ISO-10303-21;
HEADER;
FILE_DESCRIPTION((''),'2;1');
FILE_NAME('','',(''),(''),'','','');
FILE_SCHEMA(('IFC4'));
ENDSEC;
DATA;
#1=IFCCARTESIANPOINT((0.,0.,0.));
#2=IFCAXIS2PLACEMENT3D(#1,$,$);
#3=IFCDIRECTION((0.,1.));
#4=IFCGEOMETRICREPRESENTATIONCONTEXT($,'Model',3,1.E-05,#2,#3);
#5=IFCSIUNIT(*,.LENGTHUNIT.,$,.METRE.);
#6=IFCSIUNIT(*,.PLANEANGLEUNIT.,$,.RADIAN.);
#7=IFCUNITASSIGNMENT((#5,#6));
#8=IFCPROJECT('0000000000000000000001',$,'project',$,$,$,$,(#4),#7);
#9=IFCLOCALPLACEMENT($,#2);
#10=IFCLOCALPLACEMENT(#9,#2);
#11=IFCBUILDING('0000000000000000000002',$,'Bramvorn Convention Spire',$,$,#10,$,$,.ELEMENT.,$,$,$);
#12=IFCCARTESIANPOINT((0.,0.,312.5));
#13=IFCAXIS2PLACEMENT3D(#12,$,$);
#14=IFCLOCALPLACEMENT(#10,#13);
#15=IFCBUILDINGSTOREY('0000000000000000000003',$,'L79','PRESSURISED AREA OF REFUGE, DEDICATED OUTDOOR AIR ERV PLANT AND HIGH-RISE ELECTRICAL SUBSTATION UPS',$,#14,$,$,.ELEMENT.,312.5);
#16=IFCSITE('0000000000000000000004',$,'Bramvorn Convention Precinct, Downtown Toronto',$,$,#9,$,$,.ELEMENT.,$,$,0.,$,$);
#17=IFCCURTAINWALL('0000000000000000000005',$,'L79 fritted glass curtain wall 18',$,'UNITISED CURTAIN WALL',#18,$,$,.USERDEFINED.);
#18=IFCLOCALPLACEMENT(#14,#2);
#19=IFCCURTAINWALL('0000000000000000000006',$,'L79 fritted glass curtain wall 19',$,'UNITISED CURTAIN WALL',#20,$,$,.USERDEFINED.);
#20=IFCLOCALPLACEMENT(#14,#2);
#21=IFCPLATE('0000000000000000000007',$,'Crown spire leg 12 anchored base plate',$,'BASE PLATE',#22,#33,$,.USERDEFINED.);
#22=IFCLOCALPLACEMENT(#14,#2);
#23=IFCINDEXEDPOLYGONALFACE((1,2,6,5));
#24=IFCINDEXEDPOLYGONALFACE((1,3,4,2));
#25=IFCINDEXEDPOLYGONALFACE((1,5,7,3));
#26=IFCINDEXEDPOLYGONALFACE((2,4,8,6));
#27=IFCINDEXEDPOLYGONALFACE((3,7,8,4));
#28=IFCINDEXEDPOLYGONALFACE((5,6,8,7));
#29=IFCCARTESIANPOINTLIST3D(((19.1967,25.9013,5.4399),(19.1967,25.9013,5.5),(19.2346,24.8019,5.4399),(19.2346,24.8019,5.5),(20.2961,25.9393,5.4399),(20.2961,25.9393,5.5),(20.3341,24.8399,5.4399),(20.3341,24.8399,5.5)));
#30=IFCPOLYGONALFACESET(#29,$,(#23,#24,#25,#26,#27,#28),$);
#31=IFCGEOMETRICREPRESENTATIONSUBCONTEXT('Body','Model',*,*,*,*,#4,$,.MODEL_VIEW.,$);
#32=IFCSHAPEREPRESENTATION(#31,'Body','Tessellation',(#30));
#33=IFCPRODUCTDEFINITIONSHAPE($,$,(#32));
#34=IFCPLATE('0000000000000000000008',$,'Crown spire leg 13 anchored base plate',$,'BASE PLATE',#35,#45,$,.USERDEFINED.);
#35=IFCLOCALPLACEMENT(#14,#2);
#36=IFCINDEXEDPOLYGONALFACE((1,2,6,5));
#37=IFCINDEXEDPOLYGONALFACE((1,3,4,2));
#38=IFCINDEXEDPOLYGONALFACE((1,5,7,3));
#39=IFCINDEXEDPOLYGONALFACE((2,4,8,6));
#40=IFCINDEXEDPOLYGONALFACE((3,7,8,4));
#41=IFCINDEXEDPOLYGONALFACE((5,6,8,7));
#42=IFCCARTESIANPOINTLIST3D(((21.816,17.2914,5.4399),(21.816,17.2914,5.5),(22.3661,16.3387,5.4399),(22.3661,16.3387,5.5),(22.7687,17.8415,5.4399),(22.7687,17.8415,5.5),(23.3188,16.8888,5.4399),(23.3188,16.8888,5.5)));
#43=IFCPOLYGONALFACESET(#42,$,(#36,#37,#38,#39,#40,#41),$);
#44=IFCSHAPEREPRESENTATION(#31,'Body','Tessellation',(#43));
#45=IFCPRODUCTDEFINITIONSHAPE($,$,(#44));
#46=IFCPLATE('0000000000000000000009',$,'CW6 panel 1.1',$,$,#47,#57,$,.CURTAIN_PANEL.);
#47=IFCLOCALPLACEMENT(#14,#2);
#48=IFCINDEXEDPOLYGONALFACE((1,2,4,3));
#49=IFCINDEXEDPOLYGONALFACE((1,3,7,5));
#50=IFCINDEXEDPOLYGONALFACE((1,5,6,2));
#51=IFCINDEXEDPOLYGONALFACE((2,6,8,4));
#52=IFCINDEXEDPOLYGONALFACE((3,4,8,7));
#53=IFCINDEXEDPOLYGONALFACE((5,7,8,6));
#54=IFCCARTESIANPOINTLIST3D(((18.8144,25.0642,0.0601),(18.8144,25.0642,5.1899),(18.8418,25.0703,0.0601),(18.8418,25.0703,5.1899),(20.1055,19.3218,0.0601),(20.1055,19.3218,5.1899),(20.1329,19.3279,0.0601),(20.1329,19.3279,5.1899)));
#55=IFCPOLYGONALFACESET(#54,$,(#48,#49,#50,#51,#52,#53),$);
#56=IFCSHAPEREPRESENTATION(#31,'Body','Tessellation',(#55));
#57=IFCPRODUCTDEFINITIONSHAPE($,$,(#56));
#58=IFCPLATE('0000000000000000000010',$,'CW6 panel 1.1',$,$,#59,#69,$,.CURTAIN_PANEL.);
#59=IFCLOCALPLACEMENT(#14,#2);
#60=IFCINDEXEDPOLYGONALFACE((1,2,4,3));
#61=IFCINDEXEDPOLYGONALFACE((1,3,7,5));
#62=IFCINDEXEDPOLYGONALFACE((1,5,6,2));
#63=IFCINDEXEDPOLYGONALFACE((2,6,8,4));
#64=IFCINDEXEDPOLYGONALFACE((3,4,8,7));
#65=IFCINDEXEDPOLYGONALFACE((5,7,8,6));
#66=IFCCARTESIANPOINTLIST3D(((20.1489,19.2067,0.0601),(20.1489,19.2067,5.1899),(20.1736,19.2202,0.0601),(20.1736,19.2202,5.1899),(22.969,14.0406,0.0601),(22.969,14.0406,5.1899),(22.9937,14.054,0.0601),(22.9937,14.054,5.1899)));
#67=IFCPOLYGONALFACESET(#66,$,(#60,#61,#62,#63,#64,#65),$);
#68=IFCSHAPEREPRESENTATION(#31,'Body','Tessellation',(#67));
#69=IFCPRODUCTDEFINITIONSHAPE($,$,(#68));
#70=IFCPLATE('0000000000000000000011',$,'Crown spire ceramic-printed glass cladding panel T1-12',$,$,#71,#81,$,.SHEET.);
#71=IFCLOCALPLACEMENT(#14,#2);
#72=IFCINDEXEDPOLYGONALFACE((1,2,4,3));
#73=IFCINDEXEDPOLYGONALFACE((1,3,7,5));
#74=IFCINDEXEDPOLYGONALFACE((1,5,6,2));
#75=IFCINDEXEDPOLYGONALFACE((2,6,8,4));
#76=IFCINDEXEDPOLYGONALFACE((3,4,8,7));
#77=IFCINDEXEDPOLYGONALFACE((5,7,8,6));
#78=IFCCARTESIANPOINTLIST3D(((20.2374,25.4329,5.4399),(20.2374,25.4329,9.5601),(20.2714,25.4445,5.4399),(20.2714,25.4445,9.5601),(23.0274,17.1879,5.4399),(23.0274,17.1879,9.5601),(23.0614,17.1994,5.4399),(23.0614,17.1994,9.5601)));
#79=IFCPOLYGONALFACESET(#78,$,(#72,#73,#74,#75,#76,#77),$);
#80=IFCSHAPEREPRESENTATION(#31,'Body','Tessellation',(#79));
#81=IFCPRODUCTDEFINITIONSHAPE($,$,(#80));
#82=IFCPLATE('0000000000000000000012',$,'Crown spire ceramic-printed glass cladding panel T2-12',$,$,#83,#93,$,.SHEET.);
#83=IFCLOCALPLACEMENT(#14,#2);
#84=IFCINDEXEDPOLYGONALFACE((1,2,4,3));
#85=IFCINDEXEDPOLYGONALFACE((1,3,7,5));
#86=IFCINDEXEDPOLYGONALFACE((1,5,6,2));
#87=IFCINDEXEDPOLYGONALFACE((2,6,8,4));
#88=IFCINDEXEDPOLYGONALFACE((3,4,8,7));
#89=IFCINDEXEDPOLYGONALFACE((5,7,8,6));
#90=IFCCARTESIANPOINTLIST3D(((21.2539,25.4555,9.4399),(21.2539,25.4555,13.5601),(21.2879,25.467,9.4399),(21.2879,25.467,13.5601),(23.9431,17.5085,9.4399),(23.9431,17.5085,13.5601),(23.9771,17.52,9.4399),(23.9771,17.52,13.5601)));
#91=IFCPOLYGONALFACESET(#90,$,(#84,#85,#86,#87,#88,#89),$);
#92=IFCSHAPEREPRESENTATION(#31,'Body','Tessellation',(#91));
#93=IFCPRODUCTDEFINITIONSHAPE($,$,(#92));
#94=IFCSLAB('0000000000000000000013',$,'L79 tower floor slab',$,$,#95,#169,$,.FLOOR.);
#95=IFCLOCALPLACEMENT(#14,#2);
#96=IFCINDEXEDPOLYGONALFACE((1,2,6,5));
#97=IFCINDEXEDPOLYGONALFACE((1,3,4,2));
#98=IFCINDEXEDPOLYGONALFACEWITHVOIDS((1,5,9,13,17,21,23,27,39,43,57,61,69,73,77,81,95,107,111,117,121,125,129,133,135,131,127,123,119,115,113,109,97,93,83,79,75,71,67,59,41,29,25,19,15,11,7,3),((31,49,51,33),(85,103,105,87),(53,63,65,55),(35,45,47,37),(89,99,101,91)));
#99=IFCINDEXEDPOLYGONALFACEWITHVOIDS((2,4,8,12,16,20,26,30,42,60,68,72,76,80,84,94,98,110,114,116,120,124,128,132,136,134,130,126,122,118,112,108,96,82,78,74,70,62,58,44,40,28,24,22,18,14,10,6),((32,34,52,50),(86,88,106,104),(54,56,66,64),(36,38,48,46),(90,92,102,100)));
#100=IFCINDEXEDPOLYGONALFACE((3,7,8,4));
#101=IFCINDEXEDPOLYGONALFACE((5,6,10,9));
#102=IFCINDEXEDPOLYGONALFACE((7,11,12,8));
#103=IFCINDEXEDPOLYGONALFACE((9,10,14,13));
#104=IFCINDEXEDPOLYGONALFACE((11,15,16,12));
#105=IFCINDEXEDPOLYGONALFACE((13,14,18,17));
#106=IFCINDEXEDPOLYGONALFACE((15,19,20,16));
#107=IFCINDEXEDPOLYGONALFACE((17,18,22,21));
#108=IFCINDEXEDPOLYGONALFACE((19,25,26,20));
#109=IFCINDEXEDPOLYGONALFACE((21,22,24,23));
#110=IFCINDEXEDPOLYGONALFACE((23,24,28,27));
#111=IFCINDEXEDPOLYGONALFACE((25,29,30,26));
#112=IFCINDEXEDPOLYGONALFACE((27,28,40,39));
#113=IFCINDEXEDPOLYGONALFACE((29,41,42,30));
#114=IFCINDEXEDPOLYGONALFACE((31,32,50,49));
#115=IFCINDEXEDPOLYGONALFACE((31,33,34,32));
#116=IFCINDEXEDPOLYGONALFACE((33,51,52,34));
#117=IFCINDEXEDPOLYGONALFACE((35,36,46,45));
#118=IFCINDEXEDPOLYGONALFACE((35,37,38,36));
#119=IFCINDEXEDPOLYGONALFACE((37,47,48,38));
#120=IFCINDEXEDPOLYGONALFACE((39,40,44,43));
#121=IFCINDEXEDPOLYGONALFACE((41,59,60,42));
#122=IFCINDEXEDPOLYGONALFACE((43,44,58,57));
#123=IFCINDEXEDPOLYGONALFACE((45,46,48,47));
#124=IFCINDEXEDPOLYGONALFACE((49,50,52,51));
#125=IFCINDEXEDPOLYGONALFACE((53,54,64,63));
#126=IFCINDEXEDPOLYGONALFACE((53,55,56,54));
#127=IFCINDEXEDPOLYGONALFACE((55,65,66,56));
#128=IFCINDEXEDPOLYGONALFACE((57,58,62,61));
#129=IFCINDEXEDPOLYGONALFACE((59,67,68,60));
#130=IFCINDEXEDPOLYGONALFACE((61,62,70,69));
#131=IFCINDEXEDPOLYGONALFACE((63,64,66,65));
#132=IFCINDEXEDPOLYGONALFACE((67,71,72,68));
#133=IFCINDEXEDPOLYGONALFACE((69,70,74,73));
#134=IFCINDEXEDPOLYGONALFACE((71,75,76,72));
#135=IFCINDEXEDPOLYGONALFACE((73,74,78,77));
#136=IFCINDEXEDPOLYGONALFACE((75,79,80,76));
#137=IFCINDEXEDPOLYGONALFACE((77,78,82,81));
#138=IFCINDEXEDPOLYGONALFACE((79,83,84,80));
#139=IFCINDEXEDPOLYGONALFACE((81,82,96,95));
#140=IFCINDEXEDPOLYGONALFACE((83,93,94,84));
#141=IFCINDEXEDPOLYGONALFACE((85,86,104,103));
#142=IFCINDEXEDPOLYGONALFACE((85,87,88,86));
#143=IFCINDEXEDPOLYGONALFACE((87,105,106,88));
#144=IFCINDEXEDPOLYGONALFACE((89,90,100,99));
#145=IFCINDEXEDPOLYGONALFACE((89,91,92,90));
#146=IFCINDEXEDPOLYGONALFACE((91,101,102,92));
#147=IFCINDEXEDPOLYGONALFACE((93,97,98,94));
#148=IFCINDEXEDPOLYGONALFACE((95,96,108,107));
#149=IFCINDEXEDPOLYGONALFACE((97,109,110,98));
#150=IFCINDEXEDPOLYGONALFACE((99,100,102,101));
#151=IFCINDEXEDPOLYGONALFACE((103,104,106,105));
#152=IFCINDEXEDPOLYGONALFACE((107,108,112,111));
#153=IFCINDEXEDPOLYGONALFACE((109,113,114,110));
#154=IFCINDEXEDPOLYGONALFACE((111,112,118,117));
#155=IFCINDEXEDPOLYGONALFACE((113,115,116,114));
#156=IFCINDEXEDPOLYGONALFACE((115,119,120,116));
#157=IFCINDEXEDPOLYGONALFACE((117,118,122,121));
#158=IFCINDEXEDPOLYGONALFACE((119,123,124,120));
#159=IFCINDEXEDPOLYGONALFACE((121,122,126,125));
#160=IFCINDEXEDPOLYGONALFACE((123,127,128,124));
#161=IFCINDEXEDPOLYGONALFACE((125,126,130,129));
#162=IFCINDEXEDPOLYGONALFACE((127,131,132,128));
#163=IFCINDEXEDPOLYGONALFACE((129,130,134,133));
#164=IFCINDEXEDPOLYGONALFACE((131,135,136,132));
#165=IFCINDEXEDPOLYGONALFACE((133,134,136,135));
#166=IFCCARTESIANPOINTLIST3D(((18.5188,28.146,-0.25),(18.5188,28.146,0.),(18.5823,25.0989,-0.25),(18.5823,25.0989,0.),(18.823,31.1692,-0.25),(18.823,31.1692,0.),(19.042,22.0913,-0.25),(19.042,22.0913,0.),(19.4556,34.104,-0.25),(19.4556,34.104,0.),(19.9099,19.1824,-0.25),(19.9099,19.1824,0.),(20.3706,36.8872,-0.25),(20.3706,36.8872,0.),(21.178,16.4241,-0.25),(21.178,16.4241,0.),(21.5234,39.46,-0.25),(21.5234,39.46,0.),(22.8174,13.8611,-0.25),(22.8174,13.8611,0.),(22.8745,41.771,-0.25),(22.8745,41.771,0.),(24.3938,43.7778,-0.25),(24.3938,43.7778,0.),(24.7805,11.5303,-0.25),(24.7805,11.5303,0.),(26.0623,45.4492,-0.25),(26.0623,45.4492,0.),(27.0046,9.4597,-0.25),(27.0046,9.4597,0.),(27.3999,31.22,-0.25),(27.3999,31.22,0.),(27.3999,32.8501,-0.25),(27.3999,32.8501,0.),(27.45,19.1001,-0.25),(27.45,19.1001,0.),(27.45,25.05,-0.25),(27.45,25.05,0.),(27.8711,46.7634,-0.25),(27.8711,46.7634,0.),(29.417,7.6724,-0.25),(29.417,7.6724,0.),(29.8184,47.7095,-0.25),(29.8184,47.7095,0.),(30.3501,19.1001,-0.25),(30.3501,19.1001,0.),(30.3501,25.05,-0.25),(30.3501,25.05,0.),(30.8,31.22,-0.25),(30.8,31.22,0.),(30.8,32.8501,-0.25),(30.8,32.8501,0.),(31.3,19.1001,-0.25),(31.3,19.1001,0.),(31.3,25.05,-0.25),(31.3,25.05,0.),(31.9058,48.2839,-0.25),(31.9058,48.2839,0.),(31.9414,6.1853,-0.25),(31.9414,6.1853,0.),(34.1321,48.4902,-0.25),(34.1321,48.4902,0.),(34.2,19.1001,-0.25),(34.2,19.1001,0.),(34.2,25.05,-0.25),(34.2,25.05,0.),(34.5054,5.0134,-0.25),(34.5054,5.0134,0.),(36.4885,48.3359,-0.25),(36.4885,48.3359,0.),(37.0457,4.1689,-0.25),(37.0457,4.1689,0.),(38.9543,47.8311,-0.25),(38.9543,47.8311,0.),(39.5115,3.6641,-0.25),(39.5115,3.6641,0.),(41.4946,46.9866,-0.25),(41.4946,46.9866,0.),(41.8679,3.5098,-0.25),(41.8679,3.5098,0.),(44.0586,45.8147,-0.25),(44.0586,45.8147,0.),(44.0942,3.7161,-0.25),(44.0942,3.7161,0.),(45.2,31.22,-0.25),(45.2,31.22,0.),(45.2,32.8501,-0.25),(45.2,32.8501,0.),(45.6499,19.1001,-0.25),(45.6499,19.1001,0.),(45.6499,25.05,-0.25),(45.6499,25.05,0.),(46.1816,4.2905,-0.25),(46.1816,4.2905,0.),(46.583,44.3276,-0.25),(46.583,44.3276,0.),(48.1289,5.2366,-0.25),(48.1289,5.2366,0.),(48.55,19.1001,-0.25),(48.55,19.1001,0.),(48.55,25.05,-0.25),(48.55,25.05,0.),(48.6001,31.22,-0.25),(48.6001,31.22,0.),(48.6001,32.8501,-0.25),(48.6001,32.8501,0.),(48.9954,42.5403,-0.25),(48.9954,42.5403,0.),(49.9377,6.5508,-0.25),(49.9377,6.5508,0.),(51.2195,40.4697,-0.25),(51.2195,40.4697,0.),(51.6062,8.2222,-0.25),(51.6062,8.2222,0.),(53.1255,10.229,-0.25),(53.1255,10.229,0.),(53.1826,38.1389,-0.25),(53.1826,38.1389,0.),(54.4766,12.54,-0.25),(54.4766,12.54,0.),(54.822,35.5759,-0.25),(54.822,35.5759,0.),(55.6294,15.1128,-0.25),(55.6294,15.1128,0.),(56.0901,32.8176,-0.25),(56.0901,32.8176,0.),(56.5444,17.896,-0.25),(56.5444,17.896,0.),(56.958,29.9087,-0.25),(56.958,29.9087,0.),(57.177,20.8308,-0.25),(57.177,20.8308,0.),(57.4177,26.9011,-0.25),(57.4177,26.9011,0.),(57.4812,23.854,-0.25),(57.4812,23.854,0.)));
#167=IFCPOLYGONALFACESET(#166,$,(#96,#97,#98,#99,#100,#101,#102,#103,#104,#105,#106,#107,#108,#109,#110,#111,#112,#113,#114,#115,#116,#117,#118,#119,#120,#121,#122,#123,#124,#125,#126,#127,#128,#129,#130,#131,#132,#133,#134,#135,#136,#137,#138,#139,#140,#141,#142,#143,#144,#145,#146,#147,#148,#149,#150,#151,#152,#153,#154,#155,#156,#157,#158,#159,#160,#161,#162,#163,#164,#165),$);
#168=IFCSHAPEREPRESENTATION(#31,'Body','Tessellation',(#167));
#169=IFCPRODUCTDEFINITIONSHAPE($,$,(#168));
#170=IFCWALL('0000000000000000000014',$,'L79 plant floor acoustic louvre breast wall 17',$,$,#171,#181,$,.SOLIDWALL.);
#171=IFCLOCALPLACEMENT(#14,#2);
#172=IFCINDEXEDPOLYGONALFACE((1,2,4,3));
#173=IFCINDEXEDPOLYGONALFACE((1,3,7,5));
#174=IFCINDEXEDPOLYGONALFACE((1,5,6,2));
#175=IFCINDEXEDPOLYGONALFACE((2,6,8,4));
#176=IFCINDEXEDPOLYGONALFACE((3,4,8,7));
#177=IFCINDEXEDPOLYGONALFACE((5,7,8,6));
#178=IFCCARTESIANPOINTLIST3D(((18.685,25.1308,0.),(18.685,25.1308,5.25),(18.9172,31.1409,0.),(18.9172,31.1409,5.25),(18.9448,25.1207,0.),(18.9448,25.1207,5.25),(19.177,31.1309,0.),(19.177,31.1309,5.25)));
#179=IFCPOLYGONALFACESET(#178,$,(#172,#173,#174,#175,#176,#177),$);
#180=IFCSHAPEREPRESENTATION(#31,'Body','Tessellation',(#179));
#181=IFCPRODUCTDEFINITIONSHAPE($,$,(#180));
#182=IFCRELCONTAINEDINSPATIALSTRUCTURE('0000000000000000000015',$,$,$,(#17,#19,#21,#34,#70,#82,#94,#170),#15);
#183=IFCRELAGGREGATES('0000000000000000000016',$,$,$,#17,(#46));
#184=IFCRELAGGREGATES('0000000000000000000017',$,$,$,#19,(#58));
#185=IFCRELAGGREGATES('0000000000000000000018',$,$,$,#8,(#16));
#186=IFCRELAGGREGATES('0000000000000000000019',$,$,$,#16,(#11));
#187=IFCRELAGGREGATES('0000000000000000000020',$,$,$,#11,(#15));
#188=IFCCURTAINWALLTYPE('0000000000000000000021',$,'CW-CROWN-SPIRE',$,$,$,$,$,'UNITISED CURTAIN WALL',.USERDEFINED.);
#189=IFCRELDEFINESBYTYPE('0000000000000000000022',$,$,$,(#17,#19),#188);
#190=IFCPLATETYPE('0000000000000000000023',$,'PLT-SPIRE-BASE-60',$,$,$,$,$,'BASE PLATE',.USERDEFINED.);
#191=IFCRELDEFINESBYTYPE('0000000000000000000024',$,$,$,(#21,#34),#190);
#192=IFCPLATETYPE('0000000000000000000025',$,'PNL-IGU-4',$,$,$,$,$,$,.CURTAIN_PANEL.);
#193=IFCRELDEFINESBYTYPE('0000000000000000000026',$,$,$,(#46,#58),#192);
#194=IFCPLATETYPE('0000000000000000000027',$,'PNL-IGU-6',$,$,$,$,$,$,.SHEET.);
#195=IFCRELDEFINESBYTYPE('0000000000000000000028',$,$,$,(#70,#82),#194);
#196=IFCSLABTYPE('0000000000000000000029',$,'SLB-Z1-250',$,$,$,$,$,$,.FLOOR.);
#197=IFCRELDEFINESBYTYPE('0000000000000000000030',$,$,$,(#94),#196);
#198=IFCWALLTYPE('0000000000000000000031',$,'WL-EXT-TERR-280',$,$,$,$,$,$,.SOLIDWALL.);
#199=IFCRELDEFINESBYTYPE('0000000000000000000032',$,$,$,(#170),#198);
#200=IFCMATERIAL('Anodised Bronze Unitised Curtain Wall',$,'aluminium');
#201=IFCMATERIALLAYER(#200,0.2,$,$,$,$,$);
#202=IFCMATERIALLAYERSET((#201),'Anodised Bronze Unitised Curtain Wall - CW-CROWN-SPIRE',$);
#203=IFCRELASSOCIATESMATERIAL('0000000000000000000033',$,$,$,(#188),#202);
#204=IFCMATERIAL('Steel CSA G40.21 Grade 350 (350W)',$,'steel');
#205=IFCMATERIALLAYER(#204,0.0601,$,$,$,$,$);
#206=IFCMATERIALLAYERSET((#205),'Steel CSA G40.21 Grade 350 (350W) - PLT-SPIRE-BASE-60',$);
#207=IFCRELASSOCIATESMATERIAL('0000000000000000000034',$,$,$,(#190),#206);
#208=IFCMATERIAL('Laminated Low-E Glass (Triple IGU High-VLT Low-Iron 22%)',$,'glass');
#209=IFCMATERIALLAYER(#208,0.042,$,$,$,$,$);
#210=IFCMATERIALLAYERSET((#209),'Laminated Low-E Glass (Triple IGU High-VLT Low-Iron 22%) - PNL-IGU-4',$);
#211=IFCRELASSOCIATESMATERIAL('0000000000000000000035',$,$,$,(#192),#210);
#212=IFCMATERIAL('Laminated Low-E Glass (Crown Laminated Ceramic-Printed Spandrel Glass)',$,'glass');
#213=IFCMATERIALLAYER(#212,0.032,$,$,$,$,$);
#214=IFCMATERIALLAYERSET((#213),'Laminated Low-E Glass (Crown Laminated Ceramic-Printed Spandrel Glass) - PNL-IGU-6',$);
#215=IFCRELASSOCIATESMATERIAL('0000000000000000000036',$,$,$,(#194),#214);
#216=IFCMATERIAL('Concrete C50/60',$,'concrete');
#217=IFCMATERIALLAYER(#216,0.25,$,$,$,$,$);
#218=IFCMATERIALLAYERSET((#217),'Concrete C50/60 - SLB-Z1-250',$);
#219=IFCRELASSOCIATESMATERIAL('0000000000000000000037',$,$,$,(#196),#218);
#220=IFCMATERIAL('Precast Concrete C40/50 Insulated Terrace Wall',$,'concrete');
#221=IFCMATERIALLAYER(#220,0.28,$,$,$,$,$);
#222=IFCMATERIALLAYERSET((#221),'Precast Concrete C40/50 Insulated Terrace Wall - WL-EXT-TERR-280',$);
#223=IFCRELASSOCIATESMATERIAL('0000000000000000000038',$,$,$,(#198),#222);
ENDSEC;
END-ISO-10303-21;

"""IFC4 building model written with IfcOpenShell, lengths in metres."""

from ifc_helpers import new_model, si_unit, direction, frame, frame_2d, origin, origin_2d, place, context, subcontext, project, spatial, polyline, rectangle, outline, extrude, material, layer, layer_set, type_object, element, aggregate, save


model = new_model("IFC4")

# Units and contexts
model_context = context("Model", 3, precision=1e-05, world=origin(), true_north=direction((0.0, 1.0)))
body_context = subcontext(model_context, "Body", "Model", "MODEL_VIEW")
ifc_project = project(units=[si_unit("LENGTHUNIT", "METRE"), si_unit("PLANEANGLEUNIT", "RADIAN")], contexts=[model_context])

# Site, building, storey
site_placement = place(None, origin())
site = spatial("IfcSite", under=ifc_project, at=site_placement, Name="Bramvorn Convention Precinct, Downtown Toronto", CompositionType="ELEMENT", RefElevation=0.0)
building_placement = place(site_placement, origin())
building = spatial("IfcBuilding", under=site, at=building_placement, Name="Bramvorn Convention Spire", CompositionType="ELEMENT")
storey_placement = place(building_placement, frame((0.0, 0.0, 312.5)))
storey = spatial("IfcBuildingStorey", under=building, at=storey_placement, Name="L79", Description="PRESSURISED AREA OF REFUGE, DEDICATED OUTDOOR AIR ERV PLANT AND HIGH-RISE ELECTRICAL SUBSTATION UPS", CompositionType="ELEMENT", Elevation=312.5)

# Shared definitions
ifc_material_1 = material(Name="Steel CSA G40.21 Grade 350 (350W)", Category="steel")

# Curtain wall
ifc_material_2 = material(Name="Anodised Bronze Unitised Curtain Wall", Category="aluminium")
ifc_layer_1 = layer(ifc_material_2, 0.2)
ifc_layer_set_1 = layer_set([ifc_layer_1], Name="Anodised Bronze Unitised Curtain Wall - CW-CROWN-SPIRE")
curtain_wall_type = type_object("IfcCurtainWallType", Name="CW-CROWN-SPIRE", ElementType="UNITISED CURTAIN WALL", PredefinedType="USERDEFINED", material=ifc_layer_set_1)
curtain_wall_1_placement = place(storey_placement, origin())
curtain_wall_1 = element("IfcCurtainWall", 1, at=curtain_wall_1_placement, inside=storey, type_object=curtain_wall_type, Name="L79 fritted glass curtain wall 18", ObjectType="UNITISED CURTAIN WALL", PredefinedType="USERDEFINED")

# Curtain wall
curtain_wall_2_placement = place(storey_placement, origin())
curtain_wall_2 = element("IfcCurtainWall", 2, at=curtain_wall_2_placement, inside=storey, type_object=curtain_wall_type, Name="L79 fritted glass curtain wall 19", ObjectType="UNITISED CURTAIN WALL", PredefinedType="USERDEFINED")

# Plates
ifc_layer_2 = layer(ifc_material_1, 0.0601)
ifc_layer_set_2 = layer_set([ifc_layer_2], Name="Steel CSA G40.21 Grade 350 (350W) - PLT-SPIRE-BASE-60")
plate_type_1 = type_object("IfcPlateType", Name="PLT-SPIRE-BASE-60", ElementType="BASE PLATE", PredefinedType="USERDEFINED", material=ifc_layer_set_2)
for number, where, z_axis, x_axis, name in (
    (3, (19.7654, 25.3706, 5.4399), (0.0, 0.0, 1.0), (-0.999405, -0.034502, 0.0), "Crown spire leg 12 anchored base plate"),
    (4, (22.5674, 17.0901, 5.4399), (0.0, 0.0, 1.0), (-0.866026, -0.499999, 0.0), "Crown spire leg 13 anchored base plate"),
):
    element("IfcPlate", number, at=place(storey_placement, frame(where, z_axis=z_axis, x_axis=x_axis)), inside=storey, type_object=plate_type_1, Name=name, ObjectType="BASE PLATE", PredefinedType="USERDEFINED", context=body_context, shape_type="SweptSolid", body=[
        extrude(rectangle(XDim=1.1001, YDim=1.1001, at=origin_2d()), origin(), (0.0, 0.0, 1.0), 0.0601),
    ])

# Plates
ifc_material_3 = material(Name="Laminated Low-E Glass (Triple IGU High-VLT Low-Iron 22%)", Category="glass")
ifc_layer_3 = layer(ifc_material_3, 0.042)
ifc_layer_set_3 = layer_set([ifc_layer_3], Name="Laminated Low-E Glass (Triple IGU High-VLT Low-Iron 22%) - PNL-IGU-4")
plate_type_2 = type_object("IfcPlateType", Name="PNL-IGU-4", PredefinedType="CURTAIN_PANEL", material=ifc_layer_set_3)
plate_1_placement = place(storey_placement, frame((19.4736, 22.196, 0.0601), z_axis=(0.0, 0.0, 1.0), x_axis=(-0.219356, 0.975645, 0.0)))
plate_1 = element("IfcPlate", 5, at=plate_1_placement, type_object=plate_type_2, Name="CW6 panel 1.1", PredefinedType="CURTAIN_PANEL", context=body_context, shape_type="SweptSolid", body=[
    extrude(rectangle(XDim=5.8857, YDim=0.0281, at=origin_2d()), origin(), (0.0, 0.0, 1.0), 5.1299),
])
aggregate(curtain_wall_1, [plate_1])
plate_2_placement = place(storey_placement, frame((21.5713, 16.6304, 0.0601), z_axis=(0.0, 0.0, 1.0), x_axis=(-0.479139, 0.877739, 0.0)))
plate_2 = element("IfcPlate", 6, at=plate_2_placement, type_object=plate_type_2, Name="CW6 panel 1.1", PredefinedType="CURTAIN_PANEL", context=body_context, shape_type="SweptSolid", body=[
    extrude(rectangle(XDim=5.8857, YDim=0.0281, at=origin_2d()), origin(), (0.0, 0.0, 1.0), 5.1299),
])
aggregate(curtain_wall_2, [plate_2])

# Plates
ifc_material_4 = material(Name="Laminated Low-E Glass (Crown Laminated Ceramic-Printed Spandrel Glass)", Category="glass")
ifc_layer_4 = layer(ifc_material_4, 0.032)
ifc_layer_set_4 = layer_set([ifc_layer_4], Name="Laminated Low-E Glass (Crown Laminated Ceramic-Printed Spandrel Glass) - PNL-IGU-6")
plate_type_3 = type_object("IfcPlateType", Name="PNL-IGU-6", PredefinedType="SHEET", material=ifc_layer_set_4)
plate_3_placement = place(storey_placement, frame((21.6494, 21.3162, 5.4399), z_axis=(0.0, 0.0, 1.0), x_axis=(0.320535, -0.947237, 0.0)))
element("IfcPlate", 7, at=plate_3_placement, inside=storey, type_object=plate_type_3, Name="Crown spire ceramic-printed glass cladding panel T1-12", PredefinedType="SHEET", context=body_context, shape_type="SweptSolid", body=[
    extrude(rectangle(XDim=8.7043, YDim=0.0359, at=origin_2d()), origin(), (0.0, 0.0, 1.0), 4.1201),
])
plate_4_placement = place(storey_placement, frame((22.6155, 21.4878, 9.4399), z_axis=(0.0, 0.0, 1.0), x_axis=(0.320532, -0.947238, 0.0)))
element("IfcPlate", 8, at=plate_4_placement, inside=storey, type_object=plate_type_3, Name="Crown spire ceramic-printed glass cladding panel T2-12", PredefinedType="SHEET", context=body_context, shape_type="SweptSolid", body=[
    extrude(rectangle(XDim=8.3896, YDim=0.0359, at=origin_2d()), origin(), (0.0, 0.0, 1.0), 4.1201),
])

# Slab
ifc_material_5 = material(Name="Concrete C50/60", Category="concrete")
ifc_layer_5 = layer(ifc_material_5, 0.25)
ifc_layer_set_5 = layer_set([ifc_layer_5], Name="Concrete C50/60 - SLB-Z1-250")
slab_type = type_object("IfcSlabType", Name="SLB-Z1-250", PredefinedType="FLOOR", material=ifc_layer_set_5)
slab_placement = place(storey_placement, frame((0.0, 0.0, -0.25)))
element("IfcSlab", 9, at=slab_placement, inside=storey, type_object=slab_type, Name="L79 tower floor slab", PredefinedType="FLOOR", context=body_context, shape_type="SweptSolid", body=[
    extrude(outline(polyline([(46.1816, 4.2905), (48.1289, 5.2366), (49.9377, 6.5508), (51.6062, 8.2222), (53.1255, 10.229), (54.4766, 12.54), (55.6294, 15.1128), (56.5444, 17.896), (57.177, 20.8308), (57.4812, 23.854), (57.4177, 26.9011), (56.958, 29.9087), (56.0901, 32.8176), (54.822, 35.5759), (53.1826, 38.1389), (51.2195, 40.4697), (48.9954, 42.5403), (46.583, 44.3276), (44.0586, 45.8147), (41.4946, 46.9866), (38.9543, 47.8311), (36.4885, 48.3359), (34.1321, 48.4902), (31.9058, 48.2839), (29.8184, 47.7095), (27.8711, 46.7634), (26.0623, 45.4492), (24.3938, 43.7778), (22.8745, 41.771), (21.5234, 39.46), (20.3706, 36.8872), (19.4556, 34.104), (18.823, 31.1692), (18.5188, 28.146), (18.5823, 25.0989), (19.042, 22.0913), (19.9099, 19.1824), (21.178, 16.4241), (22.8174, 13.8611), (24.7805, 11.5303), (27.0046, 9.4597), (29.417, 7.6724), (31.9414, 6.1853), (34.5054, 5.0134), (37.0457, 4.1689), (39.5115, 3.6641), (41.8679, 3.5098), (44.0942, 3.7161), (46.1816, 4.2905)]), holes=[polyline([(27.45, 25.05), (27.45, 19.1001), (30.3501, 19.1001), (30.3501, 25.05), (27.45, 25.05)]), polyline([(45.6499, 25.05), (45.6499, 19.1001), (48.55, 19.1001), (48.55, 25.05), (45.6499, 25.05)]), polyline([(31.3, 25.05), (31.3, 19.1001), (34.2, 19.1001), (34.2, 25.05), (31.3, 25.05)]), polyline([(27.3999, 31.22), (30.8, 31.22), (30.8, 32.8501), (27.3999, 32.8501), (27.3999, 31.22)]), polyline([(45.2, 31.22), (48.6001, 31.22), (48.6001, 32.8501), (45.2, 32.8501), (45.2, 31.22)])]), origin(), (0.0, 0.0, 1.0), 0.25),
])

# Wall
ifc_material_6 = material(Name="Precast Concrete C40/50 Insulated Terrace Wall", Category="concrete")
ifc_layer_6 = layer(ifc_material_6, 0.28)
ifc_layer_set_6 = layer_set([ifc_layer_6], Name="Precast Concrete C40/50 Insulated Terrace Wall - WL-EXT-TERR-280")
wall_type = type_object("IfcWallType", Name="WL-EXT-TERR-280", PredefinedType="SOLIDWALL", material=ifc_layer_set_6)
wall_placement = place(storey_placement, frame((18.8149, 25.1257, 0.0), z_axis=(0.0, 0.0, 1.0), x_axis=(0.038601, 0.999255, 0.0)))
element("IfcWall", 10, at=wall_placement, inside=storey, type_object=wall_type, Name="L79 plant floor acoustic louvre breast wall 17", PredefinedType="SOLIDWALL", context=body_context, shape_type="SweptSolid", body=[
    extrude(rectangle(XDim=6.0146, YDim=0.26, at=frame_2d((3.0073, 0.0))), origin(), (0.0, 0.0, 1.0), 5.25),
])

save(model, "model.ifc")
